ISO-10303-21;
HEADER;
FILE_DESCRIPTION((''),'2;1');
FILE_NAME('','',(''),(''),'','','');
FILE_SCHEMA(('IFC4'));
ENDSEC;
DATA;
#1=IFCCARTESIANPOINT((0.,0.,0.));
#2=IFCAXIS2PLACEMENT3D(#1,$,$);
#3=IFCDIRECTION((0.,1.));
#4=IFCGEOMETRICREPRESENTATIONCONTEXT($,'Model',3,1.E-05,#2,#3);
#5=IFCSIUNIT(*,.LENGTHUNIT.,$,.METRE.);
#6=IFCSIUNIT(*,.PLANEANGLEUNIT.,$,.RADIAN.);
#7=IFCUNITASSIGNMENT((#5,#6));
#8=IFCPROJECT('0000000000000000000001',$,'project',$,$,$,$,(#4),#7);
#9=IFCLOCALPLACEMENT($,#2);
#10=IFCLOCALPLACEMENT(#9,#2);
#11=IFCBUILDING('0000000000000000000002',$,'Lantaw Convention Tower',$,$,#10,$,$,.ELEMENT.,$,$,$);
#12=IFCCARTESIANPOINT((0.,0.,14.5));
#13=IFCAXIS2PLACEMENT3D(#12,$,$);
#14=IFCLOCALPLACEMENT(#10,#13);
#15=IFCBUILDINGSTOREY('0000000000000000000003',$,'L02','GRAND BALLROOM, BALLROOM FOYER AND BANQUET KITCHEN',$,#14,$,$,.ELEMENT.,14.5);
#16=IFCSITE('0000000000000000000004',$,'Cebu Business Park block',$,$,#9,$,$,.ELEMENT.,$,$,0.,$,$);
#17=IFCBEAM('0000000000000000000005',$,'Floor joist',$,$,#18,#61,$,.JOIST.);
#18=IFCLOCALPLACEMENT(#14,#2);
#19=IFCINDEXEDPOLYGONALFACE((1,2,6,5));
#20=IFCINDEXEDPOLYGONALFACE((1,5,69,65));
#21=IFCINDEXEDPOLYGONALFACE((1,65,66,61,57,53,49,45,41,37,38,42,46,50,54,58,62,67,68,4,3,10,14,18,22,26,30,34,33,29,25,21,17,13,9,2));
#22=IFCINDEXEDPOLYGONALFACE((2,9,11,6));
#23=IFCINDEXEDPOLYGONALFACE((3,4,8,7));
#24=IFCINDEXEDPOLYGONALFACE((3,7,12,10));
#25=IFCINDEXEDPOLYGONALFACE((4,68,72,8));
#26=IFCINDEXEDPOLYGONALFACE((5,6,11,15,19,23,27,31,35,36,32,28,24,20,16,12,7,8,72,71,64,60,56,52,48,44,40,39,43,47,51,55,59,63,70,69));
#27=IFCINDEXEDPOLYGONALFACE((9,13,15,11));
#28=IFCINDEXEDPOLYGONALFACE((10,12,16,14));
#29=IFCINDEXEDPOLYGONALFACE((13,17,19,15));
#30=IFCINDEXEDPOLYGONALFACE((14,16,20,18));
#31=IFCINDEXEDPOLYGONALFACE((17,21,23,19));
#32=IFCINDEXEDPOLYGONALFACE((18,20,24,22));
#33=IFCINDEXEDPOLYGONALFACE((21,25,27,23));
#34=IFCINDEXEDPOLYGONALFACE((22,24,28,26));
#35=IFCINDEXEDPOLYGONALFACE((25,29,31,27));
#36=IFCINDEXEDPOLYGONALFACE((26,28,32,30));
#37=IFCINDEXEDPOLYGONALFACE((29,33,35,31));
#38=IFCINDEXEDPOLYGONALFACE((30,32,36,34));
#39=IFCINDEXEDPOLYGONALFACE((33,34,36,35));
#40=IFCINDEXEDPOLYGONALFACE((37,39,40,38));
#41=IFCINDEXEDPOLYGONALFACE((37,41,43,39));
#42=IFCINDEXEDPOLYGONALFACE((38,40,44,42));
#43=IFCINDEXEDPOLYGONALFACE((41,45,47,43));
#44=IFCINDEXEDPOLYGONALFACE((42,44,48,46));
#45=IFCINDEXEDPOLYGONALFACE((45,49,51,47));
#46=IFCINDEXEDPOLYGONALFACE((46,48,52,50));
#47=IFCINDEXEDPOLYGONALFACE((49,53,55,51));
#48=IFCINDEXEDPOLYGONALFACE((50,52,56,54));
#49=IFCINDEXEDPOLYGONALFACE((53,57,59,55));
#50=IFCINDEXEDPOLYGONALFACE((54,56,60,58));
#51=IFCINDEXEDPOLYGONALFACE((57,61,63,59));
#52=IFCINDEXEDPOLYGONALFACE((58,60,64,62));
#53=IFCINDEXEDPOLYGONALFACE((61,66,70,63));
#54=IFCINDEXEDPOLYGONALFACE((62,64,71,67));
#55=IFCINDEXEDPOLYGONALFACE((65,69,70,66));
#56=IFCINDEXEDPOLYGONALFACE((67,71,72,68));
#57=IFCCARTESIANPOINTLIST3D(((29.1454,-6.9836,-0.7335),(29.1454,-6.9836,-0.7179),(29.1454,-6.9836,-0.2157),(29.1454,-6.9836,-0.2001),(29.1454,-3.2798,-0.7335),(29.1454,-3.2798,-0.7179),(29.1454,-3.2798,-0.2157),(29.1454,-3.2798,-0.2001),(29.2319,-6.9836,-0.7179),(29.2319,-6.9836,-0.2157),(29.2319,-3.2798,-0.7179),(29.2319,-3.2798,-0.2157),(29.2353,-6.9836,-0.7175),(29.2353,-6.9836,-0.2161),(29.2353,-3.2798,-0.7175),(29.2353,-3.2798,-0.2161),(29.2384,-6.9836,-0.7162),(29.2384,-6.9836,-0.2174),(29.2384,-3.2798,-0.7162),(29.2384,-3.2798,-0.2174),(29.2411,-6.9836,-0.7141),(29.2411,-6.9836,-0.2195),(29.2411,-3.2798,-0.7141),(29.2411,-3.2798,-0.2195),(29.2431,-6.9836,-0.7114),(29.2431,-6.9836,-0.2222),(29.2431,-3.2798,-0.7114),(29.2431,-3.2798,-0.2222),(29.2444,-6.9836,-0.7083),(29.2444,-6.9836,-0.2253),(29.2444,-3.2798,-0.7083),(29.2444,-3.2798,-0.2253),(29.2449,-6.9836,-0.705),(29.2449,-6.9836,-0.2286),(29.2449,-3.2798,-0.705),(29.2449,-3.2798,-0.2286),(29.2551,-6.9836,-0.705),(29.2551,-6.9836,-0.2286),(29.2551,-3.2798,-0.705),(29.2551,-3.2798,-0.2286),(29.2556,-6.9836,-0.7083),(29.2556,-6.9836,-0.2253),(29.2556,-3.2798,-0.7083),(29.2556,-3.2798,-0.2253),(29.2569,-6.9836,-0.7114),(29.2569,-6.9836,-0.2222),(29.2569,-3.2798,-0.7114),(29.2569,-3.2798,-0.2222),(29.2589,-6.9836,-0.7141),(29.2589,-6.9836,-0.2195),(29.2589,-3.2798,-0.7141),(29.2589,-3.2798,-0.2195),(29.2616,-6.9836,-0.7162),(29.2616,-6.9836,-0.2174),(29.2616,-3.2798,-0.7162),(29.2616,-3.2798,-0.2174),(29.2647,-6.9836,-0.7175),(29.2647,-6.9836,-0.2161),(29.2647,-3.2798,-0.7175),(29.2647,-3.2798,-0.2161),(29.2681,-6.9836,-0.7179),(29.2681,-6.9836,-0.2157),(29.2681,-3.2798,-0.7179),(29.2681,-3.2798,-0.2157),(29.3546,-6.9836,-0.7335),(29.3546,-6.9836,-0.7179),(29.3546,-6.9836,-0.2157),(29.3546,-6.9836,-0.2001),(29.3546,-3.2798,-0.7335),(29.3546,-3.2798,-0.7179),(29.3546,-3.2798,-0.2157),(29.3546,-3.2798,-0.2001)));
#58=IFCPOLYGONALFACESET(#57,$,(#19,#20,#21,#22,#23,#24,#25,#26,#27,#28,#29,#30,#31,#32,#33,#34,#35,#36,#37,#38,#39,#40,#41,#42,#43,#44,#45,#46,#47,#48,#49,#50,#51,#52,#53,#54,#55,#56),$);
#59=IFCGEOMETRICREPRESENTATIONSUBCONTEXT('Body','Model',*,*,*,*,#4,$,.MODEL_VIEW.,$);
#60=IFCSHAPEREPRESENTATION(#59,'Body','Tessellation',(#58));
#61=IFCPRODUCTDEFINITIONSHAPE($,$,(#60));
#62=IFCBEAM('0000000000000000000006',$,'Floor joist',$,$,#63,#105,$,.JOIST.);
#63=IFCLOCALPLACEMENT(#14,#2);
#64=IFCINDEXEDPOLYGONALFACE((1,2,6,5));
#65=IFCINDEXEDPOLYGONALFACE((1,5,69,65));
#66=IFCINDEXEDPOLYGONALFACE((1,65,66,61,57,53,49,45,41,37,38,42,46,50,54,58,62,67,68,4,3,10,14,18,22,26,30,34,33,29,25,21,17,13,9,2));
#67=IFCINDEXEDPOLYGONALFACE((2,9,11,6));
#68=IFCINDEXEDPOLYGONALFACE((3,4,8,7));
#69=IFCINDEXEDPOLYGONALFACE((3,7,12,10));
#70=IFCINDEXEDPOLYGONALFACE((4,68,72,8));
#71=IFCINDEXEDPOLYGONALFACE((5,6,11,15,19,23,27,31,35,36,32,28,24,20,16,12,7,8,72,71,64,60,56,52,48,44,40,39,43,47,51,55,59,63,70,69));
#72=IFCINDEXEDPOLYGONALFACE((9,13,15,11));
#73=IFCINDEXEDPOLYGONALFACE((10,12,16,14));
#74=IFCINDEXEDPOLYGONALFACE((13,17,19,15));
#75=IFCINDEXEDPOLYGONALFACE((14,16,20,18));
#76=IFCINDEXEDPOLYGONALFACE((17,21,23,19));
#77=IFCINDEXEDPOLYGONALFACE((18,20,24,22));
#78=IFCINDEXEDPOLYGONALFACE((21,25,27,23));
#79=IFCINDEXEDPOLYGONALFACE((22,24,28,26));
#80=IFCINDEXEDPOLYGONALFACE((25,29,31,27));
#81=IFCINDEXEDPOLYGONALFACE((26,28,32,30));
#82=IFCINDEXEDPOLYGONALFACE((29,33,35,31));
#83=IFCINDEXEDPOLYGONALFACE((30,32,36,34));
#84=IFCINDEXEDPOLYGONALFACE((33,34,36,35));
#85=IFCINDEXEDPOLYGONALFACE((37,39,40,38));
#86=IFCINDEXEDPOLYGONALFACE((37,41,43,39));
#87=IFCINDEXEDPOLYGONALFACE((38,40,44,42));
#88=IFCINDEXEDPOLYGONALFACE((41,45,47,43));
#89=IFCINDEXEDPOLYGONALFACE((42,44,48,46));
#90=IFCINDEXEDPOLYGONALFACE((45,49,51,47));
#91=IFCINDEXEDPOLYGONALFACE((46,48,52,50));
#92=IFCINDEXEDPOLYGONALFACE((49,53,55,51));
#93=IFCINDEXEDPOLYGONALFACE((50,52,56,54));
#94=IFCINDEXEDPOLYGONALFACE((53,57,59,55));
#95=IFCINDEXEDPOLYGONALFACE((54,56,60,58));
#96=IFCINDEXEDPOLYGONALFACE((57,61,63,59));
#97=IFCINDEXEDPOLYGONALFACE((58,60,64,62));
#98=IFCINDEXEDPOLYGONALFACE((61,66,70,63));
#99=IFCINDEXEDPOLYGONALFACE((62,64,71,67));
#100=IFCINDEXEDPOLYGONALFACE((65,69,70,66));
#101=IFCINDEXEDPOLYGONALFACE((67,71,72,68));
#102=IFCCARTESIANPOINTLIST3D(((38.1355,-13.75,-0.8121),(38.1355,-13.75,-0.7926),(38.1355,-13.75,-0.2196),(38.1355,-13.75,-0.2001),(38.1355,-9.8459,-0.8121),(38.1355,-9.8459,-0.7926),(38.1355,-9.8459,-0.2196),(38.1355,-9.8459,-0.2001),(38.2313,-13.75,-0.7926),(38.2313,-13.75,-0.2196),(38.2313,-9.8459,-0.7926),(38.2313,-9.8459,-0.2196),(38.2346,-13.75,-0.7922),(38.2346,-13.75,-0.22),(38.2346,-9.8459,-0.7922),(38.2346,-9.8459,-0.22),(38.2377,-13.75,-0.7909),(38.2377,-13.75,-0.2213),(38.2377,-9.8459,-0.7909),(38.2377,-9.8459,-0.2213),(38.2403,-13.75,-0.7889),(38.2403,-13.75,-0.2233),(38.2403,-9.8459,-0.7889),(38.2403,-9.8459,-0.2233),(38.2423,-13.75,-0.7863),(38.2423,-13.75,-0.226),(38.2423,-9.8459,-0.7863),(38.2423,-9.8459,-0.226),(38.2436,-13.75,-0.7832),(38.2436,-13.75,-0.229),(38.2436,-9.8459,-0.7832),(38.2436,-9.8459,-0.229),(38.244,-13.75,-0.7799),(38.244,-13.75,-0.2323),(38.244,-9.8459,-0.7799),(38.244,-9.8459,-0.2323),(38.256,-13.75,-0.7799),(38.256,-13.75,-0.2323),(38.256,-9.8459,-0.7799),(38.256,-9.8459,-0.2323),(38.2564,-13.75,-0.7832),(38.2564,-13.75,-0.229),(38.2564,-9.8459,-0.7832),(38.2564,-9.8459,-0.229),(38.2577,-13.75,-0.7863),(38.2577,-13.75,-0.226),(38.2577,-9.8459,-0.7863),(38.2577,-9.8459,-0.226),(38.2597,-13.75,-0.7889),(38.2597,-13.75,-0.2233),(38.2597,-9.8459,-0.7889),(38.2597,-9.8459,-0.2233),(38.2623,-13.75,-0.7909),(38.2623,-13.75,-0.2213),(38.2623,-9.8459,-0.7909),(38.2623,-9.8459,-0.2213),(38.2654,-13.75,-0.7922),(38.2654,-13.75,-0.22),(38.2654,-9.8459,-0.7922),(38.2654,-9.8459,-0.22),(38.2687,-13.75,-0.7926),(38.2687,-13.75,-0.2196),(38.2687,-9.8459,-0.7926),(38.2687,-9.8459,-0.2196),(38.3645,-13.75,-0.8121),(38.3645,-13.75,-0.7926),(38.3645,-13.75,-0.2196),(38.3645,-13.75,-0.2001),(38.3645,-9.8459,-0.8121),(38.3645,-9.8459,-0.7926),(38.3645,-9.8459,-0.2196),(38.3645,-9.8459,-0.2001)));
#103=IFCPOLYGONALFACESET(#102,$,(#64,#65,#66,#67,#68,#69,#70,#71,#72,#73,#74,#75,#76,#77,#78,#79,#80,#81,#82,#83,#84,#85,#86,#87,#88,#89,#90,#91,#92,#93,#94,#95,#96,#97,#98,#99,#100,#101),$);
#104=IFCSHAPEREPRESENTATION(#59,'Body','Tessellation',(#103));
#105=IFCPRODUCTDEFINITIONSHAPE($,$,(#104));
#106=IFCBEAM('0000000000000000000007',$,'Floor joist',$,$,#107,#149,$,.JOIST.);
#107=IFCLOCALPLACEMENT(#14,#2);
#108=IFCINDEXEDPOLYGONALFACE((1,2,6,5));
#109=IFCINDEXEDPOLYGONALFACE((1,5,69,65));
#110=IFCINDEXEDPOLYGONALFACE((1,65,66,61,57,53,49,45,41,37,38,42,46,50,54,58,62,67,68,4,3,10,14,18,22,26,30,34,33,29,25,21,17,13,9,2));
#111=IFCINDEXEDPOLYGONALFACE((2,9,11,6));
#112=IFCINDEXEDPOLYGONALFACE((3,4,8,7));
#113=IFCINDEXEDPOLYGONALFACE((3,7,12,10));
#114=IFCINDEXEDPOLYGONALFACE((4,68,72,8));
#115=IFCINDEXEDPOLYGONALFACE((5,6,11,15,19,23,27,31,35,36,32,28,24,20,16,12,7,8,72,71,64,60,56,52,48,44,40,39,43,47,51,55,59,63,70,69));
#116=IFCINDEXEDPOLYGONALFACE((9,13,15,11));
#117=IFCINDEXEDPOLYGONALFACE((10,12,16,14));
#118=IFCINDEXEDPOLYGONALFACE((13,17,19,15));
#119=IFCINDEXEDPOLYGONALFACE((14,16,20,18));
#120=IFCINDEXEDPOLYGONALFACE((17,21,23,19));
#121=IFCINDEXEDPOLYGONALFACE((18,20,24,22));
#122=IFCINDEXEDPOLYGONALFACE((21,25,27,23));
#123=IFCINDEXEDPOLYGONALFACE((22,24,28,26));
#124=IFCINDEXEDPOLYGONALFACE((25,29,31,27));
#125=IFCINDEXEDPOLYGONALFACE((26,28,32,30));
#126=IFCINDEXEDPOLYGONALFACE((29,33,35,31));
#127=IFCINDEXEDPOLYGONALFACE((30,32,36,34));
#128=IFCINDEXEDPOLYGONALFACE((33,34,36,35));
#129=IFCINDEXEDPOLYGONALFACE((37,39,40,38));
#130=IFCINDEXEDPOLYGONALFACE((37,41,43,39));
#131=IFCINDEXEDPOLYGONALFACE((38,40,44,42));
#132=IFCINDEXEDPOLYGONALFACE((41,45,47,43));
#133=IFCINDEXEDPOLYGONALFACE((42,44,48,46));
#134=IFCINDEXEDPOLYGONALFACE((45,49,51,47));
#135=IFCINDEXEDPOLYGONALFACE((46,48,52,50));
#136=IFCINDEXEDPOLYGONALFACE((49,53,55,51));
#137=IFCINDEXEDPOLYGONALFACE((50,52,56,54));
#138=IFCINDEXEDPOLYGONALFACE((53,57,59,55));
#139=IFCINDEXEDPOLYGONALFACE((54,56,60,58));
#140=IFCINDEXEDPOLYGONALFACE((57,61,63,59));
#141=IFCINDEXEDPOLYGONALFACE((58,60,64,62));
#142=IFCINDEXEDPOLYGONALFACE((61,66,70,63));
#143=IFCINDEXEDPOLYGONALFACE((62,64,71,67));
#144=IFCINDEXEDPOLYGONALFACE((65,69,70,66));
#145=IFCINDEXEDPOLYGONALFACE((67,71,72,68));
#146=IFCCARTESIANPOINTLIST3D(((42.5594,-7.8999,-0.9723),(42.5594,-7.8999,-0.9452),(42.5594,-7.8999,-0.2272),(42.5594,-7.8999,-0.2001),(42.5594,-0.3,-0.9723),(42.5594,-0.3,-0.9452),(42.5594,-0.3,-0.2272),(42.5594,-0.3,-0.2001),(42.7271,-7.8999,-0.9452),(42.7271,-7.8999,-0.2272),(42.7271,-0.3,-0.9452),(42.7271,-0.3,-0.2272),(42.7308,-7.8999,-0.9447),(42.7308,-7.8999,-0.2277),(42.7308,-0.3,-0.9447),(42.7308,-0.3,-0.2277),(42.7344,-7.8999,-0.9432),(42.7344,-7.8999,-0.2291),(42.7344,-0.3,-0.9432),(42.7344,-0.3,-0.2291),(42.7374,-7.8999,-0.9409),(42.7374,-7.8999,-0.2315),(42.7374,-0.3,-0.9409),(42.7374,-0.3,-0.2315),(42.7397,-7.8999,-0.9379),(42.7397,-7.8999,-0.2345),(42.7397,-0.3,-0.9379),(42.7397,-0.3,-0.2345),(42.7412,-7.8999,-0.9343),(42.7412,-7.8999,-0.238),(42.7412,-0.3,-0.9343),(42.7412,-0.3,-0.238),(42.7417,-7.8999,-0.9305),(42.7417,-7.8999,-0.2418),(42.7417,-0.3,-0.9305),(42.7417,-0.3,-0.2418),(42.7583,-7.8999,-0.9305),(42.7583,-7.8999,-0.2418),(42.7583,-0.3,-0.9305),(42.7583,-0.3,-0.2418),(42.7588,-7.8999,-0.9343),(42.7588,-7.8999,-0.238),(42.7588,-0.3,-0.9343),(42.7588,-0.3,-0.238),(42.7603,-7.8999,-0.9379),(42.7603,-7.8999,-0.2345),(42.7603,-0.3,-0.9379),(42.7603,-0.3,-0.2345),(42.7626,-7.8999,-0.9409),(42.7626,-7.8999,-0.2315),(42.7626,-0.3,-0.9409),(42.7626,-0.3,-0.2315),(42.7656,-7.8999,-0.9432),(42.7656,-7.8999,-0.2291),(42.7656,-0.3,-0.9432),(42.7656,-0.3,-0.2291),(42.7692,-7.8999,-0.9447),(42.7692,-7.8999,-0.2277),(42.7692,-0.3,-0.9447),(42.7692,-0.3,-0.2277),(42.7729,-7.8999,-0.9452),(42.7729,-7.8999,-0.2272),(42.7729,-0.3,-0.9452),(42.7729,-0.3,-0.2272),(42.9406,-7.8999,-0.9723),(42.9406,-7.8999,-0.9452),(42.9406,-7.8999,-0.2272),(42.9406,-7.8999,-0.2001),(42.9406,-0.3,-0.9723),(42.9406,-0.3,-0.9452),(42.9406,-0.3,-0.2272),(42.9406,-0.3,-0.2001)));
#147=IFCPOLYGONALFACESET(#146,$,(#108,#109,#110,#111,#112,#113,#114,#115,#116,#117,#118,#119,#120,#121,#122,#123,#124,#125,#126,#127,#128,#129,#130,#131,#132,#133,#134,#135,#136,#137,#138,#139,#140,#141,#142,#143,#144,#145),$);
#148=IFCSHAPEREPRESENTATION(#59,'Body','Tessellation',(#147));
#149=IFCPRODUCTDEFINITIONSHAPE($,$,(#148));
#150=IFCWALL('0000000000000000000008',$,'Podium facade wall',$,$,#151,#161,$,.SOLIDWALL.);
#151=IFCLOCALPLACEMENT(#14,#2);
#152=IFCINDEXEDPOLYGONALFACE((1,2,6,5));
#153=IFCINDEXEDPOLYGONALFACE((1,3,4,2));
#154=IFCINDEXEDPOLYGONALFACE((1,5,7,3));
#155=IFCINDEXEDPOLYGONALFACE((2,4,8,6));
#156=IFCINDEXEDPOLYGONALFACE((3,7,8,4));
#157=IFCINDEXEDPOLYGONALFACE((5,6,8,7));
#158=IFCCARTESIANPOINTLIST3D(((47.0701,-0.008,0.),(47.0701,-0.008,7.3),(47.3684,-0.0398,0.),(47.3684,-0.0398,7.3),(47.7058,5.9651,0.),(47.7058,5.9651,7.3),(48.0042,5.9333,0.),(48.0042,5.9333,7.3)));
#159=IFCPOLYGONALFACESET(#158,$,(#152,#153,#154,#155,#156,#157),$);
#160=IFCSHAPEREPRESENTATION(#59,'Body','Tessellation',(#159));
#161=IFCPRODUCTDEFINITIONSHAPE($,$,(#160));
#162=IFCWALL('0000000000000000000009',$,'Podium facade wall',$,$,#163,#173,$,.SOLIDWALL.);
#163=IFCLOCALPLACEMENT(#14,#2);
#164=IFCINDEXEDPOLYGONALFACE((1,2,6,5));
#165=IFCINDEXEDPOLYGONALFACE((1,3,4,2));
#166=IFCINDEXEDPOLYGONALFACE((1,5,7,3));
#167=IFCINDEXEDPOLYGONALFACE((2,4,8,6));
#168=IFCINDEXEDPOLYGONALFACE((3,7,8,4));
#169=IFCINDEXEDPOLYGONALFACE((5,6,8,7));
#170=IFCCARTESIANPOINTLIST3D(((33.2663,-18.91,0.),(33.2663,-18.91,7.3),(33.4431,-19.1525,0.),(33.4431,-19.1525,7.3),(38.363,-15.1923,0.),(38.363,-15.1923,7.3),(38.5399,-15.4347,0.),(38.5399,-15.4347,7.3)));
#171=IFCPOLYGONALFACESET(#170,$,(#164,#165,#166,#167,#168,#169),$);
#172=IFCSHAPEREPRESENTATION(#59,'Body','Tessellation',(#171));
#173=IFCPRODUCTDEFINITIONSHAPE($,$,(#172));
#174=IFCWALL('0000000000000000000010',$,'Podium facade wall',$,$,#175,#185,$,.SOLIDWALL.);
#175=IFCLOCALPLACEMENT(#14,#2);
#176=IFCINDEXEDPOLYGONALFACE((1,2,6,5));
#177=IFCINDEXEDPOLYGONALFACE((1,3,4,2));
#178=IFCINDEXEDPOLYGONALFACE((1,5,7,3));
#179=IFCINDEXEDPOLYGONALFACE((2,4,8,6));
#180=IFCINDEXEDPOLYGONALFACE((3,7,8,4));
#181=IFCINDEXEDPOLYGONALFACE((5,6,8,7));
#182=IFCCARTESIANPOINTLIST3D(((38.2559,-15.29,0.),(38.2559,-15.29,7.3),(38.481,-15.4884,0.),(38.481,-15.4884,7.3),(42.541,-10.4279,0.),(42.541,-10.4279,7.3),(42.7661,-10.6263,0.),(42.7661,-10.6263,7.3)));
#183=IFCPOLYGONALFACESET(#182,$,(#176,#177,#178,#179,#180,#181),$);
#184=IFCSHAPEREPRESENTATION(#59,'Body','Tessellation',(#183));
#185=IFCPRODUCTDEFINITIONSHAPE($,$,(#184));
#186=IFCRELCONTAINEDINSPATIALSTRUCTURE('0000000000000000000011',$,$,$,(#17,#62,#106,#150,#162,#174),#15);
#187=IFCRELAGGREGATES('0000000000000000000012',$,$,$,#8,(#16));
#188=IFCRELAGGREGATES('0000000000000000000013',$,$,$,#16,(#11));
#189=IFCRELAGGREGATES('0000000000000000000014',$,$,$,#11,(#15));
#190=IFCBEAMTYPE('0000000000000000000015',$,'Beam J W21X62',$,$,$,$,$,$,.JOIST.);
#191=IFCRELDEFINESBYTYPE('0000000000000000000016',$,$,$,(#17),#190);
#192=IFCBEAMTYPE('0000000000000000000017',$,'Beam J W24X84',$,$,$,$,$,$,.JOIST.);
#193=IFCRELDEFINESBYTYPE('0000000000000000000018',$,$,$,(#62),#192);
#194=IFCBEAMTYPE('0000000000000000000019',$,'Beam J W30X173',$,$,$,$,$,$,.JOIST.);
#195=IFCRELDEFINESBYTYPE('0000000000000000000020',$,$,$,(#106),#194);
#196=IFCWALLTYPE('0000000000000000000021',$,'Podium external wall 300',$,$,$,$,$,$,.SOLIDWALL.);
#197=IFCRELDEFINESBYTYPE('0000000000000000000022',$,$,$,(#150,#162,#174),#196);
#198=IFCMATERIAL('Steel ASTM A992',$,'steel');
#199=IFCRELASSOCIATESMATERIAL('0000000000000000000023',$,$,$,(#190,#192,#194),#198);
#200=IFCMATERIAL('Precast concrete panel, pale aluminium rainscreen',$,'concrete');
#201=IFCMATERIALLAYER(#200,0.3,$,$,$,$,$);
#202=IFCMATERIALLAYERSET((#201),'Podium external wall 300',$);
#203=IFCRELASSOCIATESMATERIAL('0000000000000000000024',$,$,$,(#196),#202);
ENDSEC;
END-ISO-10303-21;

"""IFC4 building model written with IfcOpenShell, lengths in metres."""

from ifc_helpers import new_model, si_unit, direction, frame, frame_2d, origin, origin_2d, place, context, subcontext, project, spatial, rectangle, i_section, extrude, material, layer, layer_set, material_profile, profile_set, type_object, element, save


model = new_model("IFC4")

# Units and contexts
model_context = context("Model", 3, precision=1e-05, world=origin(), true_north=direction((0.0, 1.0)))
body_context = subcontext(model_context, "Body", "Model", "MODEL_VIEW")
ifc_project = project(units=[si_unit("LENGTHUNIT", "METRE"), si_unit("PLANEANGLEUNIT", "RADIAN")], contexts=[model_context])

# Site, building, storey
site_placement = place(None, origin())
site = spatial("IfcSite", under=ifc_project, at=site_placement, Name="Cebu Business Park block", CompositionType="ELEMENT", RefElevation=0.0)
building_placement = place(site_placement, origin())
building = spatial("IfcBuilding", under=site, at=building_placement, Name="Lantaw Convention Tower", CompositionType="ELEMENT")
storey_placement = place(building_placement, frame((0.0, 0.0, 14.5)))
storey = spatial("IfcBuildingStorey", under=building, at=storey_placement, Name="L02", Description="GRAND BALLROOM, BALLROOM FOYER AND BANQUET KITCHEN", CompositionType="ELEMENT", Elevation=14.5)

# Beams
ifc_material_1 = material(Name="Steel ASTM A992", Category="steel")
ifc_material_profile_1 = material_profile(ifc_material_1, i_section(OverallWidth=0.2092, OverallDepth=0.5334, WebThickness=0.0103, FlangeThickness=0.0156, FilletRadius=0.0129, at=origin_2d()), Name="W21X62")
ifc_profile_set_1 = profile_set([ifc_material_profile_1], Name="Steel ASTM A992")
beam_type_1 = type_object("IfcBeamType", Name="Beam J W21X62", PredefinedType="JOIST", material=ifc_profile_set_1)
beam_1_placement = place(storey_placement, frame((29.25, -6.9836, -0.4668), z_axis=(0.0, 1.0, 0.0), x_axis=(-1.0, 0.0, 0.0)))
element("IfcBeam", 1, at=beam_1_placement, inside=storey, type_object=beam_type_1, Name="Floor joist", PredefinedType="JOIST", context=body_context, shape_type="SweptSolid", body=[
    extrude(i_section(OverallWidth=0.2092, OverallDepth=0.5334, WebThickness=0.0103, FlangeThickness=0.0156, FilletRadius=0.0129, at=origin_2d()), origin(), (0.0, 0.0, 1.0), 3.7039),
])
ifc_material_profile_2 = material_profile(ifc_material_1, i_section(OverallWidth=0.229, OverallDepth=0.6121, WebThickness=0.012, FlangeThickness=0.0195, FilletRadius=0.0127, at=origin_2d()), Name="W24X84")
ifc_profile_set_2 = profile_set([ifc_material_profile_2], Name="Steel ASTM A992")
beam_type_2 = type_object("IfcBeamType", Name="Beam J W24X84", PredefinedType="JOIST", material=ifc_profile_set_2)
beam_2_placement = place(storey_placement, frame((38.25, -13.75, -0.5061), z_axis=(0.0, 1.0, 0.0), x_axis=(-1.0, 0.0, 0.0)))
element("IfcBeam", 2, at=beam_2_placement, inside=storey, type_object=beam_type_2, Name="Floor joist", PredefinedType="JOIST", context=body_context, shape_type="SweptSolid", body=[
    extrude(i_section(OverallWidth=0.229, OverallDepth=0.6121, WebThickness=0.012, FlangeThickness=0.0195, FilletRadius=0.0127, at=origin_2d()), origin(), (0.0, 0.0, 1.0), 3.9041),
])
ifc_material_profile_3 = material_profile(ifc_material_1, i_section(OverallWidth=0.3811, OverallDepth=0.7722, WebThickness=0.0166, FlangeThickness=0.0271, FilletRadius=0.0146, at=origin_2d()), Name="W30X173")
ifc_profile_set_3 = profile_set([ifc_material_profile_3], Name="Steel ASTM A992")
beam_type_3 = type_object("IfcBeamType", Name="Beam J W30X173", PredefinedType="JOIST", material=ifc_profile_set_3)
beam_3_placement = place(storey_placement, frame((42.75, -7.8999, -0.5862), z_axis=(0.0, 1.0, 0.0), x_axis=(-1.0, 0.0, 0.0)))
element("IfcBeam", 3, at=beam_3_placement, inside=storey, type_object=beam_type_3, Name="Floor joist", PredefinedType="JOIST", context=body_context, shape_type="SweptSolid", body=[
    extrude(i_section(OverallWidth=0.3811, OverallDepth=0.7722, WebThickness=0.0166, FlangeThickness=0.0271, FilletRadius=0.0146, at=origin_2d()), origin(), (0.0, 0.0, 1.0), 7.5999),
])

# Walls
ifc_material_2 = material(Name="Precast concrete panel, pale aluminium rainscreen", Category="concrete")
ifc_layer_1 = layer(ifc_material_2, 0.3)
ifc_layer_set_1 = layer_set([ifc_layer_1], Name="Podium external wall 300")
wall_type_1 = type_object("IfcWallType", Name="Podium external wall 300", PredefinedType="SOLIDWALL", material=ifc_layer_set_1)
wall_1_placement = place(storey_placement, frame((47.2192, -0.0239, 0.0), z_axis=(0.0, 0.0, 1.0), x_axis=(0.105836, 0.994384, 0.0)))
element("IfcWall", 4, at=wall_1_placement, inside=storey, type_object=wall_type_1, Name="Podium facade wall", PredefinedType="SOLIDWALL", context=body_context, shape_type="SweptSolid", body=[
    extrude(rectangle(XDim=6.0068, YDim=0.3, at=frame_2d((3.0034, 0.0))), origin(), (0.0, 0.0, 1.0), 7.3),
])
wall_2_placement = place(storey_placement, frame((33.3547, -19.0312, 0.0), z_axis=(0.0, 0.0, 1.0), x_axis=(0.807899, 0.589322, 0.0)))
element("IfcWall", 5, at=wall_2_placement, inside=storey, type_object=wall_type_1, Name="Podium facade wall", PredefinedType="SOLIDWALL", context=body_context, shape_type="SweptSolid", body=[
    extrude(rectangle(XDim=6.3086, YDim=0.3, at=frame_2d((3.1543, 0.0))), origin(), (0.0, 0.0, 1.0), 7.3),
])
wall_3_placement = place(storey_placement, frame((38.3684, -15.3892, 0.0), z_axis=(0.0, 0.0, 1.0), x_axis=(0.661197, 0.750213, 0.0)))
element("IfcWall", 6, at=wall_3_placement, inside=storey, type_object=wall_type_1, Name="Podium facade wall", PredefinedType="SOLIDWALL", context=body_context, shape_type="SweptSolid", body=[
    extrude(rectangle(XDim=6.481, YDim=0.3, at=frame_2d((3.2405, 0.0))), origin(), (0.0, 0.0, 1.0), 7.3),
])

save(model, "model.ifc")
